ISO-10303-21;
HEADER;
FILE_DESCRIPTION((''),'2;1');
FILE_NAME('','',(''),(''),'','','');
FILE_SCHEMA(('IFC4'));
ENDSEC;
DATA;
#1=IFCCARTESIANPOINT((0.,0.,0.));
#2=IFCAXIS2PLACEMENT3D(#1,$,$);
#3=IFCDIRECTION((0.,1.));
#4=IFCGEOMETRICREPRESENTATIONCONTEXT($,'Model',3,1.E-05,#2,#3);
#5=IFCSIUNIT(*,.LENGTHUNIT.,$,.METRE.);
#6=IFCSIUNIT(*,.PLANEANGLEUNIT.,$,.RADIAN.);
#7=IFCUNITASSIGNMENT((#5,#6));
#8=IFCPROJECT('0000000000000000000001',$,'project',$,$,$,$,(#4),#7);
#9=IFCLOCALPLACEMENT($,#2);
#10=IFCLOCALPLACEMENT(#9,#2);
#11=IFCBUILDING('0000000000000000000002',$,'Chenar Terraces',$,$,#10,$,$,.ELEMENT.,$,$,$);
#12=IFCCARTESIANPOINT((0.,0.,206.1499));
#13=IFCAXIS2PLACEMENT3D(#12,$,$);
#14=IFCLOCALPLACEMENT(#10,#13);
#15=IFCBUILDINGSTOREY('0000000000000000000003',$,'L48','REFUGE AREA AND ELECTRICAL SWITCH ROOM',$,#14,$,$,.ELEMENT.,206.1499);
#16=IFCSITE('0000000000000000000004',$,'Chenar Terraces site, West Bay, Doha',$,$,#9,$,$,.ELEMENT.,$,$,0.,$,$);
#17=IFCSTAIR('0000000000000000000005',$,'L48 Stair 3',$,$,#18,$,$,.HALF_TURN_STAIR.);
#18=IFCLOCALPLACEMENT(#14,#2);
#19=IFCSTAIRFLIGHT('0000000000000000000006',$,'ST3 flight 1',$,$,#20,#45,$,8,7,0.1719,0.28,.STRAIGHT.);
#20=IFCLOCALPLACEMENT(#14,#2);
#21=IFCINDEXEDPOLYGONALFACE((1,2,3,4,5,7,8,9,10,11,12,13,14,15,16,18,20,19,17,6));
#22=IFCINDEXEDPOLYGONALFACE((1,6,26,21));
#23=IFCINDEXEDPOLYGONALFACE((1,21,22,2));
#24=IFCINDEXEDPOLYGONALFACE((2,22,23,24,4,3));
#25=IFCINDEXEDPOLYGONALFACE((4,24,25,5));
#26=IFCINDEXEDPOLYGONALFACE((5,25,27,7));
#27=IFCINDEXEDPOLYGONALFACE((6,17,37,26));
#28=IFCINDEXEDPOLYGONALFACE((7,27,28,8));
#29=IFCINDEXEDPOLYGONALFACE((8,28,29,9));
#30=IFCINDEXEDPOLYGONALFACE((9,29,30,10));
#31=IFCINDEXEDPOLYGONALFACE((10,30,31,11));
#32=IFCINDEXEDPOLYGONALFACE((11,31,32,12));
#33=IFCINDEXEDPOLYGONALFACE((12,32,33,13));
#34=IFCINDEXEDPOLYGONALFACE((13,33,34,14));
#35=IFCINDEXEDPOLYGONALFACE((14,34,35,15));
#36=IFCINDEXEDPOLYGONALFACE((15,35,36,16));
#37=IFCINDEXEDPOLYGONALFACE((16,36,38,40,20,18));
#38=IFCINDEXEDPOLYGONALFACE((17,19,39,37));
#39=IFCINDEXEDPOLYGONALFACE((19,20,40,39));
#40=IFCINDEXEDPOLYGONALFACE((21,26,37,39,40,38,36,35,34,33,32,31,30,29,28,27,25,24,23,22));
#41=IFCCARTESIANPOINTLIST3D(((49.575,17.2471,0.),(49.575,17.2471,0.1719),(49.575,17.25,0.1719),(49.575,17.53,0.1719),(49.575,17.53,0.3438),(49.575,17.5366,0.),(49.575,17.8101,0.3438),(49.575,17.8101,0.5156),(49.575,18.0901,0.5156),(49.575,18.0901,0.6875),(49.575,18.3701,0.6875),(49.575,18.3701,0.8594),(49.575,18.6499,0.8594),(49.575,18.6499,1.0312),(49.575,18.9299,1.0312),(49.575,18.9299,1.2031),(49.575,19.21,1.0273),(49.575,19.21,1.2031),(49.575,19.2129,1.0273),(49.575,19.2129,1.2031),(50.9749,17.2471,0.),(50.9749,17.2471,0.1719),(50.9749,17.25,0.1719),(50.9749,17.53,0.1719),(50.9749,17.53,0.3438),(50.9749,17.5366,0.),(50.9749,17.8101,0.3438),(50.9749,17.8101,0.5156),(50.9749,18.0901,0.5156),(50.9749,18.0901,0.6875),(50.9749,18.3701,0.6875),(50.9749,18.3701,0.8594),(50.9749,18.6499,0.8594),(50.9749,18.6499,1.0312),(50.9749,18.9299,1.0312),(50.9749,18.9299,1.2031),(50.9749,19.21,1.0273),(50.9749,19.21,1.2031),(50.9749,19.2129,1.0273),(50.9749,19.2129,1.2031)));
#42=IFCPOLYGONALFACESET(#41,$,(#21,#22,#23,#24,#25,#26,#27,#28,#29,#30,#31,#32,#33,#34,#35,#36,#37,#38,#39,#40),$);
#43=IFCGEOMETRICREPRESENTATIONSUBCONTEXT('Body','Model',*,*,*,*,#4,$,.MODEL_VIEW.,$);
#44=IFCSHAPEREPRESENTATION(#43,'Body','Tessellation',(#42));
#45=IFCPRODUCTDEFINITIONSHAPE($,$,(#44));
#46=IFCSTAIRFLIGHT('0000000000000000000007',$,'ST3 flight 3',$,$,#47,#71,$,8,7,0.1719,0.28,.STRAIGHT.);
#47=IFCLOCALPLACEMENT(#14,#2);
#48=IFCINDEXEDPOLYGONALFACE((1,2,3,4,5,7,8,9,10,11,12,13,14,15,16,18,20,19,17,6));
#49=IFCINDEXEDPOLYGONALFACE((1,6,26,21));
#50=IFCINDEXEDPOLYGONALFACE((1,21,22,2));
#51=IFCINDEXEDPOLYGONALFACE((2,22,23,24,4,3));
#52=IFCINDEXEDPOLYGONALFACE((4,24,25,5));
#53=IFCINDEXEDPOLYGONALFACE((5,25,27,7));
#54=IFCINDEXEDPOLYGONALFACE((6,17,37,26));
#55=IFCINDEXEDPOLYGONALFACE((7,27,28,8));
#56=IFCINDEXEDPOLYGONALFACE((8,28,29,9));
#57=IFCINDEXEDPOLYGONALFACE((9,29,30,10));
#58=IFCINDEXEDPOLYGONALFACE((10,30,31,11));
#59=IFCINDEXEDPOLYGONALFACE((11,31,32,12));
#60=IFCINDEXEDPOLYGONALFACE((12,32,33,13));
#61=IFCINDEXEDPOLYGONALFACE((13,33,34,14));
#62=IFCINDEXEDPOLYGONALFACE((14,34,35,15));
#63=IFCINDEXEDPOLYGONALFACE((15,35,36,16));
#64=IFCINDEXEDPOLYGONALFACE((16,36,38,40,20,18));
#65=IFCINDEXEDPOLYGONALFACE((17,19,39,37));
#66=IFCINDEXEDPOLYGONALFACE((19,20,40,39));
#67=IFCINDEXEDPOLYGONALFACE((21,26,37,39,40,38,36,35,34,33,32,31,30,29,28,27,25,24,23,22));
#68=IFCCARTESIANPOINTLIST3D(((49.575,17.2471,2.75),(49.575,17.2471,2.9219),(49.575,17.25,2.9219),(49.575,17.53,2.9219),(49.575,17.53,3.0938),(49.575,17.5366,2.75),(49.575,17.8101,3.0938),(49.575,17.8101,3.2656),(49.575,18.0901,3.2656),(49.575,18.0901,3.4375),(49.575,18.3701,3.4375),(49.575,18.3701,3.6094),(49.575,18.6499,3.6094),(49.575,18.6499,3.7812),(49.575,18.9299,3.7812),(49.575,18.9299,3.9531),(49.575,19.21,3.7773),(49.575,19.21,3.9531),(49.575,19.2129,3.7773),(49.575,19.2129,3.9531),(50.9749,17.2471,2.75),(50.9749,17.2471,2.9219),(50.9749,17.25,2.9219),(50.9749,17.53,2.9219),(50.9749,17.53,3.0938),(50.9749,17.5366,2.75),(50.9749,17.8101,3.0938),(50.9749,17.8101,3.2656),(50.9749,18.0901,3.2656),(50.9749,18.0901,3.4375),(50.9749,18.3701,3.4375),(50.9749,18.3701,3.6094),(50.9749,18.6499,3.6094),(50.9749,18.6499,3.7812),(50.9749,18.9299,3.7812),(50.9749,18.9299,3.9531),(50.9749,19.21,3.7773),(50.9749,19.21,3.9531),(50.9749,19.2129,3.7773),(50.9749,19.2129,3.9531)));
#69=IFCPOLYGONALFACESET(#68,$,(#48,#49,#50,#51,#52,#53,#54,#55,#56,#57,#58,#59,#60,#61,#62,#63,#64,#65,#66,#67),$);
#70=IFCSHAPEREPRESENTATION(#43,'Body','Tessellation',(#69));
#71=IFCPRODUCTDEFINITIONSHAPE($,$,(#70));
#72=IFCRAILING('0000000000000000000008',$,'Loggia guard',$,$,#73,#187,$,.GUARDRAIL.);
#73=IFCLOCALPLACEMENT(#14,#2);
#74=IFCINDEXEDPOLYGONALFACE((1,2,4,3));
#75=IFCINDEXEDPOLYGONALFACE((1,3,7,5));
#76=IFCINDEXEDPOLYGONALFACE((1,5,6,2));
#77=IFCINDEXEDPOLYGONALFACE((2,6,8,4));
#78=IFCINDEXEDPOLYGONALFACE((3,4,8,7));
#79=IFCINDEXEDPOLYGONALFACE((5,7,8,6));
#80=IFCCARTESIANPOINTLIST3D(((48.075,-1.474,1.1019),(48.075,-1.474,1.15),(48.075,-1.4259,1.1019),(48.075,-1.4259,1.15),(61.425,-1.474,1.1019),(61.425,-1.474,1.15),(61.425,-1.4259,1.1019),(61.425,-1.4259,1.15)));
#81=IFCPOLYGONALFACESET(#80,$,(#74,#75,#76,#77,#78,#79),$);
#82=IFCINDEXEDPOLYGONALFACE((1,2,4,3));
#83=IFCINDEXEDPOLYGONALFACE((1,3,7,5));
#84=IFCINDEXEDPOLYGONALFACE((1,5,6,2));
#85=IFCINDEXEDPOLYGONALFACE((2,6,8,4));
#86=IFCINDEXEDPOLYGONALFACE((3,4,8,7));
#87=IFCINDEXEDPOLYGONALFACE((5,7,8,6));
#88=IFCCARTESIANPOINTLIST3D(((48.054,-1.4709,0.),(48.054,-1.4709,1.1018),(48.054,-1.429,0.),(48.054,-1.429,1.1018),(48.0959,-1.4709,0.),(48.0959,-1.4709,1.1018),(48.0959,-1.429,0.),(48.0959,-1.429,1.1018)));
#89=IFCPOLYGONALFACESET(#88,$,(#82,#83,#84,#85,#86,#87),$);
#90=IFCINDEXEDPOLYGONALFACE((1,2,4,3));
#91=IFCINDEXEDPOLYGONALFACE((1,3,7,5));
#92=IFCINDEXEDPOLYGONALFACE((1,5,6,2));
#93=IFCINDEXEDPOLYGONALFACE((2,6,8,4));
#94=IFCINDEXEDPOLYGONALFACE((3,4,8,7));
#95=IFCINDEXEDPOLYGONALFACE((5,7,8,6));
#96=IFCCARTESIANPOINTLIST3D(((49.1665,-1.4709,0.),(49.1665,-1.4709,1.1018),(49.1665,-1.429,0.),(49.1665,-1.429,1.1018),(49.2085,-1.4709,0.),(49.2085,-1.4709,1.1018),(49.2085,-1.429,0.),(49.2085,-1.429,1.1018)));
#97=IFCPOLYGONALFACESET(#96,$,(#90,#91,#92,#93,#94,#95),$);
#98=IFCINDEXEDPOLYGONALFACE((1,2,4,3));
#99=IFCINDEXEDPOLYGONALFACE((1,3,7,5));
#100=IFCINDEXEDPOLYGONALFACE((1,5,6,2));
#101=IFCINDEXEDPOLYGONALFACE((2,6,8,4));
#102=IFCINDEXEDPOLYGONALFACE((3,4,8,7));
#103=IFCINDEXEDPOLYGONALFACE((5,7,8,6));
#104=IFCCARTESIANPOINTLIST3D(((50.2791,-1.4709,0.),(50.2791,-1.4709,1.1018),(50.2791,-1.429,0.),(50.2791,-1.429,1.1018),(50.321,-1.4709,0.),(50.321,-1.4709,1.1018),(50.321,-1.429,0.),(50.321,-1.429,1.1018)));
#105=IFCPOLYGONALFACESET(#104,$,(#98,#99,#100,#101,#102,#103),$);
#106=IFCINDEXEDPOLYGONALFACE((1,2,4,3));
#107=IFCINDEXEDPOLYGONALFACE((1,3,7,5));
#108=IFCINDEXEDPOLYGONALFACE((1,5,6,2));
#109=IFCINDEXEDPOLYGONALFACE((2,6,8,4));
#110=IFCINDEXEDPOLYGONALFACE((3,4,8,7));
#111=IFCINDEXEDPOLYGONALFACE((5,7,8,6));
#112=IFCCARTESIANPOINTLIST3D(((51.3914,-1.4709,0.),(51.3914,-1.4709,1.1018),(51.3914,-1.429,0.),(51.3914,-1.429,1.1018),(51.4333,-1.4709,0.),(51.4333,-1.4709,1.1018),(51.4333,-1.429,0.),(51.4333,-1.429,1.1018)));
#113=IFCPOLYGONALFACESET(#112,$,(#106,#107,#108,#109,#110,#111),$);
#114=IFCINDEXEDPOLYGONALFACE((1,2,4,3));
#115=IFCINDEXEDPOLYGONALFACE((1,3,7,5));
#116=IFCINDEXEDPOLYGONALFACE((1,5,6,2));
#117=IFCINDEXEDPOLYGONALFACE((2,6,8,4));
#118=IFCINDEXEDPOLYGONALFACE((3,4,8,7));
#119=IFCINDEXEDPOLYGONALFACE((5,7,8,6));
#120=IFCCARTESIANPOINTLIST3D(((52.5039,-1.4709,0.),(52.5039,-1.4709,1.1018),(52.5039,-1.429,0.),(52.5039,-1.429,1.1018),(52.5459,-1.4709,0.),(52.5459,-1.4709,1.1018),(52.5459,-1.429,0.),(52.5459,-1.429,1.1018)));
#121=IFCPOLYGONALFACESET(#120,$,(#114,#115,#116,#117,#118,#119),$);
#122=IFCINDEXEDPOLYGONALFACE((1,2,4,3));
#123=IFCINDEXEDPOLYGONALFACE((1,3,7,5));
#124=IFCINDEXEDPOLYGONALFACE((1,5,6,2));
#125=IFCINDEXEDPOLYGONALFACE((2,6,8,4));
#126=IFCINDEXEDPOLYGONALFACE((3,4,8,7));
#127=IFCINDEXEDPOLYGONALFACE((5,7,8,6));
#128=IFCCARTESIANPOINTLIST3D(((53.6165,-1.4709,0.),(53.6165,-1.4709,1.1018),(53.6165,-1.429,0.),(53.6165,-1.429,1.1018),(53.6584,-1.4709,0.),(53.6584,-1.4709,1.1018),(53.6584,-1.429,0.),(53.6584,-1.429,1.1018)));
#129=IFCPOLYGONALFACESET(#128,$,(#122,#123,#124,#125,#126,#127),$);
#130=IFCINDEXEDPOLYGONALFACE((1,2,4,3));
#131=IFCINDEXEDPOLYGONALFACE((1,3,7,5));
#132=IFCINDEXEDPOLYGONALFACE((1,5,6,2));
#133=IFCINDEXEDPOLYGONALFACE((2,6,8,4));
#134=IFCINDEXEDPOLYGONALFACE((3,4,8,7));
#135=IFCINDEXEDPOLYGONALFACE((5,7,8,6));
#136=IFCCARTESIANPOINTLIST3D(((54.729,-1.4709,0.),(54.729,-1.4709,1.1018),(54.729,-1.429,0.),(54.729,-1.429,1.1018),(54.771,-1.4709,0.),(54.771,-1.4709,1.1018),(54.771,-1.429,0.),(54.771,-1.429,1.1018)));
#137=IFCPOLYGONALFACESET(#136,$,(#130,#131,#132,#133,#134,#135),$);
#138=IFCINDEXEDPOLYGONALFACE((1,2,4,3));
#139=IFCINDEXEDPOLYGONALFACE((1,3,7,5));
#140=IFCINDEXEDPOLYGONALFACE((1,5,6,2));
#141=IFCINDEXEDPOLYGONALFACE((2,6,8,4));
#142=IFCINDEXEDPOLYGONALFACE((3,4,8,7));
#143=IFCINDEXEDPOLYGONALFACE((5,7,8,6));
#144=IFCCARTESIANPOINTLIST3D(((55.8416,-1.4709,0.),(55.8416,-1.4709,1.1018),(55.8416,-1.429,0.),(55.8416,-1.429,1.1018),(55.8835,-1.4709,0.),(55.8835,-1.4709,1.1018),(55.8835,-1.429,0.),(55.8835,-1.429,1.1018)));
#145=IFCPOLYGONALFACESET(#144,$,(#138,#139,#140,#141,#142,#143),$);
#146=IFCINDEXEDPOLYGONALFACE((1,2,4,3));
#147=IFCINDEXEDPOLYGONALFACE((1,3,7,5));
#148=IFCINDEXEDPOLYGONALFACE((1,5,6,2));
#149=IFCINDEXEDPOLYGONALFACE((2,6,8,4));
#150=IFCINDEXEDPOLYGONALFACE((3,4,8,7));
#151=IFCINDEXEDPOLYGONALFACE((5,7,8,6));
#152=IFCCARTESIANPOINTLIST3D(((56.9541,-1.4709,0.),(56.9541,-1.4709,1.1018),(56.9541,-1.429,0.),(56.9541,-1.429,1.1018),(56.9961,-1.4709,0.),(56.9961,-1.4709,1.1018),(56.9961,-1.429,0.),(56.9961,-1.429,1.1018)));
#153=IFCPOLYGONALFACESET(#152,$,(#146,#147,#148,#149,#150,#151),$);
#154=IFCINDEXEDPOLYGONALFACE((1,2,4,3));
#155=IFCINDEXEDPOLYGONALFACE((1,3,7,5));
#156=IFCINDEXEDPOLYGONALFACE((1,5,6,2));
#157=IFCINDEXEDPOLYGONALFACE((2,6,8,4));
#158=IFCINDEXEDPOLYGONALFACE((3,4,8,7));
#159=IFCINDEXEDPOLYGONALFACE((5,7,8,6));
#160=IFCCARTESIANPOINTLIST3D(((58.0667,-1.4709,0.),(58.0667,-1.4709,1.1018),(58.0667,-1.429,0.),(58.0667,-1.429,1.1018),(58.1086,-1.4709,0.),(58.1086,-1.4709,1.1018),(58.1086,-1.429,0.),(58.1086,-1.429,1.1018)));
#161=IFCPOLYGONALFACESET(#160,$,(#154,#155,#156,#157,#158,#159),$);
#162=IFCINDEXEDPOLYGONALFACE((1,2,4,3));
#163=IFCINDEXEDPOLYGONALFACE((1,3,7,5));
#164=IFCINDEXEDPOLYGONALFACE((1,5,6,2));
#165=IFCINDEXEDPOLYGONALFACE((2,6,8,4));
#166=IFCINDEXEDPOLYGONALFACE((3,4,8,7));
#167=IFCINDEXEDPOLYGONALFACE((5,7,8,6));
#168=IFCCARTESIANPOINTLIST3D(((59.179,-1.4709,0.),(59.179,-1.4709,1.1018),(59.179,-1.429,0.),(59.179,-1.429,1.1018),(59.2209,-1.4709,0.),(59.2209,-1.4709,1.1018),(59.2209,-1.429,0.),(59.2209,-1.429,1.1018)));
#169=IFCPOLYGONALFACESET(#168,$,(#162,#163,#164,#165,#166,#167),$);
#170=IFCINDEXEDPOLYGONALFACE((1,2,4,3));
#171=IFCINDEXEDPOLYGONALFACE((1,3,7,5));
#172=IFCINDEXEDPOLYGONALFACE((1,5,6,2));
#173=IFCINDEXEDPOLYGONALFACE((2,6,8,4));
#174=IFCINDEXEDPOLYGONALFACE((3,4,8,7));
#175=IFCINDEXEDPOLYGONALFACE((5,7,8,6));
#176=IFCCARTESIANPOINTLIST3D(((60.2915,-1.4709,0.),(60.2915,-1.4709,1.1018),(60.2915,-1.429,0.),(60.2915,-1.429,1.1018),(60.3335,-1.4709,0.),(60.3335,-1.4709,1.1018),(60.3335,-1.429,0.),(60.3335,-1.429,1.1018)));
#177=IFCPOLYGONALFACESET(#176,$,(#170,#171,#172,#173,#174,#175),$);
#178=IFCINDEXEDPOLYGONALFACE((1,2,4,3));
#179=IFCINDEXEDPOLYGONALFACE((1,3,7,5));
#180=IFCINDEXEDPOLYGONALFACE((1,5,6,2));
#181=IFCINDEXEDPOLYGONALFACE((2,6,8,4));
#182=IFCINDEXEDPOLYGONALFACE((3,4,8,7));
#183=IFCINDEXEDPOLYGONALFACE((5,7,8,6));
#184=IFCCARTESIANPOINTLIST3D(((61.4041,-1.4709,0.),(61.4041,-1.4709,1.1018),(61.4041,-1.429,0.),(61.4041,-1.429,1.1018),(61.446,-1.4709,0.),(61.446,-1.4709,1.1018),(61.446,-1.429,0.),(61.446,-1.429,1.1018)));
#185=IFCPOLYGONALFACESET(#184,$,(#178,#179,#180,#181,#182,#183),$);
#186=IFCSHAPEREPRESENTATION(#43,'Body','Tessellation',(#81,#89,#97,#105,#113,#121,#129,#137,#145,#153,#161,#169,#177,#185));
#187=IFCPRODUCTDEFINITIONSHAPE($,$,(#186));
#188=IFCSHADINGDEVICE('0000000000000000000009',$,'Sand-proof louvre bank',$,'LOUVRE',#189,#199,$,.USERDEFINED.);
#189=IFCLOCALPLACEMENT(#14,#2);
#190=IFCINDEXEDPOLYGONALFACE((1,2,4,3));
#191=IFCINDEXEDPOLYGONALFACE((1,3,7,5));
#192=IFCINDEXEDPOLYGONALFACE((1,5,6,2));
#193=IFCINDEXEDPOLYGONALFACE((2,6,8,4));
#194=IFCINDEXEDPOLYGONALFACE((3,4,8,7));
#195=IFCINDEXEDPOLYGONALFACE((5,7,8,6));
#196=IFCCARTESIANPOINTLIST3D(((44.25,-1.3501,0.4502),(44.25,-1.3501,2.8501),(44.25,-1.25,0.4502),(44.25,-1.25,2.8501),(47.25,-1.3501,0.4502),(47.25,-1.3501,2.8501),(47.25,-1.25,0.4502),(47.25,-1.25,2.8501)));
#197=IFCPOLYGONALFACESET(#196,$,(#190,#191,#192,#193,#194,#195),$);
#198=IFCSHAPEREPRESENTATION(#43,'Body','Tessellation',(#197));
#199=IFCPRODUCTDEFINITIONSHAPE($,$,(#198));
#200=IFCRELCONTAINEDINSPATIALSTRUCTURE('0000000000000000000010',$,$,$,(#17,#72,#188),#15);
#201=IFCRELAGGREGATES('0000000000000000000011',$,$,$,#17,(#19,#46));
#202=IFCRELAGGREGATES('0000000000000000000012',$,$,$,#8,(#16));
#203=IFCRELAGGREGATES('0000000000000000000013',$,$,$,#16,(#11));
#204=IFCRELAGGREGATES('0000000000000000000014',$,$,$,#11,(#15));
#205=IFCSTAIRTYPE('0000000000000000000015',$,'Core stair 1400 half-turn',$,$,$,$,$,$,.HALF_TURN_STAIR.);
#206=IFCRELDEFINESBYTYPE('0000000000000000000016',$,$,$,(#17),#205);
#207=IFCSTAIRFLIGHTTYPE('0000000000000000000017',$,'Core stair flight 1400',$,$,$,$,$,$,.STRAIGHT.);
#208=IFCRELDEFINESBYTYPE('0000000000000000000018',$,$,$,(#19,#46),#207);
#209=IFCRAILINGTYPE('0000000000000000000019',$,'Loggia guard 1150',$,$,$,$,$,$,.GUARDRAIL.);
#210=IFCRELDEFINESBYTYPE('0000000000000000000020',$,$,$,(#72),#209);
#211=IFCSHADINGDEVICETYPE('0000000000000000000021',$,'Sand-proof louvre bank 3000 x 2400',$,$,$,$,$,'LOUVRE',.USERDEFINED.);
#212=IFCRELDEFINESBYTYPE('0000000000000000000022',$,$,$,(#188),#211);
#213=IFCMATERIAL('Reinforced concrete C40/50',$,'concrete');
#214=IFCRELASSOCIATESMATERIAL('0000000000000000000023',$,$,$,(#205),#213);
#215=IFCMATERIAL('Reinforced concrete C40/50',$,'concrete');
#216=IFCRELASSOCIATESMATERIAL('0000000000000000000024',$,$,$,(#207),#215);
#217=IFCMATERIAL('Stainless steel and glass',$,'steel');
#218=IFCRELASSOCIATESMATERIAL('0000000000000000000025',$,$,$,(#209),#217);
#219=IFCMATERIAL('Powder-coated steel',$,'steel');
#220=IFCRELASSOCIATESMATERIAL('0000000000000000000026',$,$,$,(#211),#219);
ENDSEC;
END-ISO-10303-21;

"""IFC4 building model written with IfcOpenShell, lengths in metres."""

from ifc_helpers import new_model, si_unit, direction, frame, origin, origin_2d, place, context, subcontext, project, spatial, polyline, rectangle, outline, extrude, material, type_object, element, aggregate, save


model = new_model("IFC4")

# Units and contexts
model_context = context("Model", 3, precision=1e-05, world=origin(), true_north=direction((0.0, 1.0)))
body_context = subcontext(model_context, "Body", "Model", "MODEL_VIEW")
ifc_project = project(units=[si_unit("LENGTHUNIT", "METRE"), si_unit("PLANEANGLEUNIT", "RADIAN")], contexts=[model_context])

# Site, building, storey
site_placement = place(None, origin())
site = spatial("IfcSite", under=ifc_project, at=site_placement, Name="Chenar Terraces site, West Bay, Doha", CompositionType="ELEMENT", RefElevation=0.0)
building_placement = place(site_placement, origin())
building = spatial("IfcBuilding", under=site, at=building_placement, Name="Chenar Terraces", CompositionType="ELEMENT")
storey_placement = place(building_placement, frame((0.0, 0.0, 206.1499)))
storey = spatial("IfcBuildingStorey", under=building, at=storey_placement, Name="L48", Description="REFUGE AREA AND ELECTRICAL SWITCH ROOM", CompositionType="ELEMENT", Elevation=206.1499)

# Stair, stair flights
ifc_material_1 = material(Name="Reinforced concrete C40/50", Category="concrete")
stair_type = type_object("IfcStairType", Name="Core stair 1400 half-turn", PredefinedType="HALF_TURN_STAIR", material=ifc_material_1)
stair_placement = place(storey_placement, origin())
stair = element("IfcStair", 1, at=stair_placement, inside=storey, type_object=stair_type, Name="L48 Stair 3", PredefinedType="HALF_TURN_STAIR")
ifc_material_2 = material(Name="Reinforced concrete C40/50", Category="concrete")
stair_flight_type = type_object("IfcStairFlightType", Name="Core stair flight 1400", PredefinedType="STRAIGHT", material=ifc_material_2)
stair_flight_1_placement = place(storey_placement, frame((50.2749, 17.25, 0.0), z_axis=(0.0, 0.0, 1.0), x_axis=(0.0, 1.0, 0.0)))
stair_flight_1 = element("IfcStairFlight", 2, at=stair_flight_1_placement, type_object=stair_flight_type, Name="ST3 flight 1", NumberOfRisers=8, NumberOfTreads=7, PredefinedType="STRAIGHT", RiserHeight=0.1719, TreadLength=0.28, context=body_context, shape_type="SweptSolid", body=[
    extrude(outline(polyline([(-0.0029, 0.0), (-0.0029, 0.1719), (0.0, 0.1719), (0.28, 0.1719), (0.28, 0.3438), (0.5601, 0.3438), (0.5601, 0.5156), (0.8401, 0.5156), (0.8401, 0.6875), (1.1201, 0.6875), (1.1201, 0.8594), (1.3999, 0.8594), (1.3999, 1.0312), (1.6799, 1.0312), (1.6799, 1.2031), (1.96, 1.2031), (1.9629, 1.2031), (1.9629, 1.0273), (1.96, 1.0273), (0.2866, 0.0), (-0.0029, 0.0)])), frame((0.0, 0.7, 0.0), z_axis=(0.0, -1.0, 0.0), x_axis=(1.0, 0.0, 0.0)), (0.0, 0.0, 1.0), 1.3999),
])
stair_flight_2_placement = place(storey_placement, frame((50.2749, 17.25, 2.75), z_axis=(0.0, 0.0, 1.0), x_axis=(0.0, 1.0, 0.0)))
stair_flight_2 = element("IfcStairFlight", 3, at=stair_flight_2_placement, type_object=stair_flight_type, Name="ST3 flight 3", NumberOfRisers=8, NumberOfTreads=7, PredefinedType="STRAIGHT", RiserHeight=0.1719, TreadLength=0.28, context=body_context, shape_type="SweptSolid", body=[
    extrude(outline(polyline([(-0.0029, 0.0), (-0.0029, 0.1719), (0.0, 0.1719), (0.28, 0.1719), (0.28, 0.3438), (0.5601, 0.3438), (0.5601, 0.5156), (0.8401, 0.5156), (0.8401, 0.6875), (1.1201, 0.6875), (1.1201, 0.8594), (1.3999, 0.8594), (1.3999, 1.0312), (1.6799, 1.0312), (1.6799, 1.2031), (1.96, 1.2031), (1.9629, 1.2031), (1.9629, 1.0273), (1.96, 1.0273), (0.2866, 0.0), (-0.0029, 0.0)])), frame((0.0, 0.7, 0.0), z_axis=(0.0, -1.0, 0.0), x_axis=(1.0, 0.0, 0.0)), (0.0, 0.0, 1.0), 1.3999),
])
aggregate(stair, [stair_flight_1, stair_flight_2])

# Railing
ifc_material_3 = material(Name="Stainless steel and glass", Category="steel")
railing_type_1 = type_object("IfcRailingType", Name="Loggia guard 1150", PredefinedType="GUARDRAIL", material=ifc_material_3)
railing_1_placement = place(storey_placement, frame((48.075, -1.45, 0.0)))
element("IfcRailing", 4, at=railing_1_placement, inside=storey, type_object=railing_type_1, Name="Loggia guard", PredefinedType="GUARDRAIL", context=body_context, shape_type="SweptSolid", body=[
    extrude(rectangle(XDim=0.0481, YDim=0.0481, at=origin_2d()), frame((0.0, 0.0, 1.126), z_axis=(1.0, 0.0, 0.0), x_axis=(0.0, 1.0, 0.0)), (0.0, 0.0, 1.0), 13.3501),
    extrude(rectangle(XDim=0.042, YDim=0.042, at=origin_2d()), origin(), (0.0, 0.0, 1.0), 1.1018),
    extrude(rectangle(XDim=0.042, YDim=0.042, at=origin_2d()), frame((1.1125, 0.0, 0.0)), (0.0, 0.0, 1.0), 1.1018),
    extrude(rectangle(XDim=0.042, YDim=0.042, at=origin_2d()), frame((2.2251, 0.0, 0.0)), (0.0, 0.0, 1.0), 1.1018),
    extrude(rectangle(XDim=0.042, YDim=0.042, at=origin_2d()), frame((3.3374, 0.0, 0.0)), (0.0, 0.0, 1.0), 1.1018),
    extrude(rectangle(XDim=0.042, YDim=0.042, at=origin_2d()), frame((4.45, 0.0, 0.0)), (0.0, 0.0, 1.0), 1.1018),
    extrude(rectangle(XDim=0.042, YDim=0.042, at=origin_2d()), frame((5.5625, 0.0, 0.0)), (0.0, 0.0, 1.0), 1.1018),
    extrude(rectangle(XDim=0.042, YDim=0.042, at=origin_2d()), frame((6.675, 0.0, 0.0)), (0.0, 0.0, 1.0), 1.1018),
    extrude(rectangle(XDim=0.042, YDim=0.042, at=origin_2d()), frame((7.7876, 0.0, 0.0)), (0.0, 0.0, 1.0), 1.1018),
    extrude(rectangle(XDim=0.042, YDim=0.042, at=origin_2d()), frame((8.9001, 0.0, 0.0)), (0.0, 0.0, 1.0), 1.1018),
    extrude(rectangle(XDim=0.042, YDim=0.042, at=origin_2d()), frame((10.0127, 0.0, 0.0)), (0.0, 0.0, 1.0), 1.1018),
    extrude(rectangle(XDim=0.042, YDim=0.042, at=origin_2d()), frame((11.125, 0.0, 0.0)), (0.0, 0.0, 1.0), 1.1018),
    extrude(rectangle(XDim=0.042, YDim=0.042, at=origin_2d()), frame((12.2375, 0.0, 0.0)), (0.0, 0.0, 1.0), 1.1018),
    extrude(rectangle(XDim=0.042, YDim=0.042, at=origin_2d()), frame((13.3501, 0.0, 0.0)), (0.0, 0.0, 1.0), 1.1018),
])

# Shading device
ifc_material_4 = material(Name="Powder-coated steel", Category="steel")
shading_device_type = type_object("IfcShadingDeviceType", Name="Sand-proof louvre bank 3000 x 2400", ElementType="LOUVRE", PredefinedType="USERDEFINED", material=ifc_material_4)
shading_device_placement = place(storey_placement, frame((45.75, -1.3, 0.4502), z_axis=(0.0, 0.0, 1.0), x_axis=(1.0, 0.0, 0.0)))
element("IfcShadingDevice", 5, at=shading_device_placement, inside=storey, type_object=shading_device_type, Name="Sand-proof louvre bank", ObjectType="LOUVRE", PredefinedType="USERDEFINED", context=body_context, shape_type="SweptSolid", body=[
    extrude(rectangle(XDim=3.0, YDim=0.1001, at=origin_2d()), origin(), (0.0, 0.0, 1.0), 2.3999),
])

save(model, "model.ifc")
